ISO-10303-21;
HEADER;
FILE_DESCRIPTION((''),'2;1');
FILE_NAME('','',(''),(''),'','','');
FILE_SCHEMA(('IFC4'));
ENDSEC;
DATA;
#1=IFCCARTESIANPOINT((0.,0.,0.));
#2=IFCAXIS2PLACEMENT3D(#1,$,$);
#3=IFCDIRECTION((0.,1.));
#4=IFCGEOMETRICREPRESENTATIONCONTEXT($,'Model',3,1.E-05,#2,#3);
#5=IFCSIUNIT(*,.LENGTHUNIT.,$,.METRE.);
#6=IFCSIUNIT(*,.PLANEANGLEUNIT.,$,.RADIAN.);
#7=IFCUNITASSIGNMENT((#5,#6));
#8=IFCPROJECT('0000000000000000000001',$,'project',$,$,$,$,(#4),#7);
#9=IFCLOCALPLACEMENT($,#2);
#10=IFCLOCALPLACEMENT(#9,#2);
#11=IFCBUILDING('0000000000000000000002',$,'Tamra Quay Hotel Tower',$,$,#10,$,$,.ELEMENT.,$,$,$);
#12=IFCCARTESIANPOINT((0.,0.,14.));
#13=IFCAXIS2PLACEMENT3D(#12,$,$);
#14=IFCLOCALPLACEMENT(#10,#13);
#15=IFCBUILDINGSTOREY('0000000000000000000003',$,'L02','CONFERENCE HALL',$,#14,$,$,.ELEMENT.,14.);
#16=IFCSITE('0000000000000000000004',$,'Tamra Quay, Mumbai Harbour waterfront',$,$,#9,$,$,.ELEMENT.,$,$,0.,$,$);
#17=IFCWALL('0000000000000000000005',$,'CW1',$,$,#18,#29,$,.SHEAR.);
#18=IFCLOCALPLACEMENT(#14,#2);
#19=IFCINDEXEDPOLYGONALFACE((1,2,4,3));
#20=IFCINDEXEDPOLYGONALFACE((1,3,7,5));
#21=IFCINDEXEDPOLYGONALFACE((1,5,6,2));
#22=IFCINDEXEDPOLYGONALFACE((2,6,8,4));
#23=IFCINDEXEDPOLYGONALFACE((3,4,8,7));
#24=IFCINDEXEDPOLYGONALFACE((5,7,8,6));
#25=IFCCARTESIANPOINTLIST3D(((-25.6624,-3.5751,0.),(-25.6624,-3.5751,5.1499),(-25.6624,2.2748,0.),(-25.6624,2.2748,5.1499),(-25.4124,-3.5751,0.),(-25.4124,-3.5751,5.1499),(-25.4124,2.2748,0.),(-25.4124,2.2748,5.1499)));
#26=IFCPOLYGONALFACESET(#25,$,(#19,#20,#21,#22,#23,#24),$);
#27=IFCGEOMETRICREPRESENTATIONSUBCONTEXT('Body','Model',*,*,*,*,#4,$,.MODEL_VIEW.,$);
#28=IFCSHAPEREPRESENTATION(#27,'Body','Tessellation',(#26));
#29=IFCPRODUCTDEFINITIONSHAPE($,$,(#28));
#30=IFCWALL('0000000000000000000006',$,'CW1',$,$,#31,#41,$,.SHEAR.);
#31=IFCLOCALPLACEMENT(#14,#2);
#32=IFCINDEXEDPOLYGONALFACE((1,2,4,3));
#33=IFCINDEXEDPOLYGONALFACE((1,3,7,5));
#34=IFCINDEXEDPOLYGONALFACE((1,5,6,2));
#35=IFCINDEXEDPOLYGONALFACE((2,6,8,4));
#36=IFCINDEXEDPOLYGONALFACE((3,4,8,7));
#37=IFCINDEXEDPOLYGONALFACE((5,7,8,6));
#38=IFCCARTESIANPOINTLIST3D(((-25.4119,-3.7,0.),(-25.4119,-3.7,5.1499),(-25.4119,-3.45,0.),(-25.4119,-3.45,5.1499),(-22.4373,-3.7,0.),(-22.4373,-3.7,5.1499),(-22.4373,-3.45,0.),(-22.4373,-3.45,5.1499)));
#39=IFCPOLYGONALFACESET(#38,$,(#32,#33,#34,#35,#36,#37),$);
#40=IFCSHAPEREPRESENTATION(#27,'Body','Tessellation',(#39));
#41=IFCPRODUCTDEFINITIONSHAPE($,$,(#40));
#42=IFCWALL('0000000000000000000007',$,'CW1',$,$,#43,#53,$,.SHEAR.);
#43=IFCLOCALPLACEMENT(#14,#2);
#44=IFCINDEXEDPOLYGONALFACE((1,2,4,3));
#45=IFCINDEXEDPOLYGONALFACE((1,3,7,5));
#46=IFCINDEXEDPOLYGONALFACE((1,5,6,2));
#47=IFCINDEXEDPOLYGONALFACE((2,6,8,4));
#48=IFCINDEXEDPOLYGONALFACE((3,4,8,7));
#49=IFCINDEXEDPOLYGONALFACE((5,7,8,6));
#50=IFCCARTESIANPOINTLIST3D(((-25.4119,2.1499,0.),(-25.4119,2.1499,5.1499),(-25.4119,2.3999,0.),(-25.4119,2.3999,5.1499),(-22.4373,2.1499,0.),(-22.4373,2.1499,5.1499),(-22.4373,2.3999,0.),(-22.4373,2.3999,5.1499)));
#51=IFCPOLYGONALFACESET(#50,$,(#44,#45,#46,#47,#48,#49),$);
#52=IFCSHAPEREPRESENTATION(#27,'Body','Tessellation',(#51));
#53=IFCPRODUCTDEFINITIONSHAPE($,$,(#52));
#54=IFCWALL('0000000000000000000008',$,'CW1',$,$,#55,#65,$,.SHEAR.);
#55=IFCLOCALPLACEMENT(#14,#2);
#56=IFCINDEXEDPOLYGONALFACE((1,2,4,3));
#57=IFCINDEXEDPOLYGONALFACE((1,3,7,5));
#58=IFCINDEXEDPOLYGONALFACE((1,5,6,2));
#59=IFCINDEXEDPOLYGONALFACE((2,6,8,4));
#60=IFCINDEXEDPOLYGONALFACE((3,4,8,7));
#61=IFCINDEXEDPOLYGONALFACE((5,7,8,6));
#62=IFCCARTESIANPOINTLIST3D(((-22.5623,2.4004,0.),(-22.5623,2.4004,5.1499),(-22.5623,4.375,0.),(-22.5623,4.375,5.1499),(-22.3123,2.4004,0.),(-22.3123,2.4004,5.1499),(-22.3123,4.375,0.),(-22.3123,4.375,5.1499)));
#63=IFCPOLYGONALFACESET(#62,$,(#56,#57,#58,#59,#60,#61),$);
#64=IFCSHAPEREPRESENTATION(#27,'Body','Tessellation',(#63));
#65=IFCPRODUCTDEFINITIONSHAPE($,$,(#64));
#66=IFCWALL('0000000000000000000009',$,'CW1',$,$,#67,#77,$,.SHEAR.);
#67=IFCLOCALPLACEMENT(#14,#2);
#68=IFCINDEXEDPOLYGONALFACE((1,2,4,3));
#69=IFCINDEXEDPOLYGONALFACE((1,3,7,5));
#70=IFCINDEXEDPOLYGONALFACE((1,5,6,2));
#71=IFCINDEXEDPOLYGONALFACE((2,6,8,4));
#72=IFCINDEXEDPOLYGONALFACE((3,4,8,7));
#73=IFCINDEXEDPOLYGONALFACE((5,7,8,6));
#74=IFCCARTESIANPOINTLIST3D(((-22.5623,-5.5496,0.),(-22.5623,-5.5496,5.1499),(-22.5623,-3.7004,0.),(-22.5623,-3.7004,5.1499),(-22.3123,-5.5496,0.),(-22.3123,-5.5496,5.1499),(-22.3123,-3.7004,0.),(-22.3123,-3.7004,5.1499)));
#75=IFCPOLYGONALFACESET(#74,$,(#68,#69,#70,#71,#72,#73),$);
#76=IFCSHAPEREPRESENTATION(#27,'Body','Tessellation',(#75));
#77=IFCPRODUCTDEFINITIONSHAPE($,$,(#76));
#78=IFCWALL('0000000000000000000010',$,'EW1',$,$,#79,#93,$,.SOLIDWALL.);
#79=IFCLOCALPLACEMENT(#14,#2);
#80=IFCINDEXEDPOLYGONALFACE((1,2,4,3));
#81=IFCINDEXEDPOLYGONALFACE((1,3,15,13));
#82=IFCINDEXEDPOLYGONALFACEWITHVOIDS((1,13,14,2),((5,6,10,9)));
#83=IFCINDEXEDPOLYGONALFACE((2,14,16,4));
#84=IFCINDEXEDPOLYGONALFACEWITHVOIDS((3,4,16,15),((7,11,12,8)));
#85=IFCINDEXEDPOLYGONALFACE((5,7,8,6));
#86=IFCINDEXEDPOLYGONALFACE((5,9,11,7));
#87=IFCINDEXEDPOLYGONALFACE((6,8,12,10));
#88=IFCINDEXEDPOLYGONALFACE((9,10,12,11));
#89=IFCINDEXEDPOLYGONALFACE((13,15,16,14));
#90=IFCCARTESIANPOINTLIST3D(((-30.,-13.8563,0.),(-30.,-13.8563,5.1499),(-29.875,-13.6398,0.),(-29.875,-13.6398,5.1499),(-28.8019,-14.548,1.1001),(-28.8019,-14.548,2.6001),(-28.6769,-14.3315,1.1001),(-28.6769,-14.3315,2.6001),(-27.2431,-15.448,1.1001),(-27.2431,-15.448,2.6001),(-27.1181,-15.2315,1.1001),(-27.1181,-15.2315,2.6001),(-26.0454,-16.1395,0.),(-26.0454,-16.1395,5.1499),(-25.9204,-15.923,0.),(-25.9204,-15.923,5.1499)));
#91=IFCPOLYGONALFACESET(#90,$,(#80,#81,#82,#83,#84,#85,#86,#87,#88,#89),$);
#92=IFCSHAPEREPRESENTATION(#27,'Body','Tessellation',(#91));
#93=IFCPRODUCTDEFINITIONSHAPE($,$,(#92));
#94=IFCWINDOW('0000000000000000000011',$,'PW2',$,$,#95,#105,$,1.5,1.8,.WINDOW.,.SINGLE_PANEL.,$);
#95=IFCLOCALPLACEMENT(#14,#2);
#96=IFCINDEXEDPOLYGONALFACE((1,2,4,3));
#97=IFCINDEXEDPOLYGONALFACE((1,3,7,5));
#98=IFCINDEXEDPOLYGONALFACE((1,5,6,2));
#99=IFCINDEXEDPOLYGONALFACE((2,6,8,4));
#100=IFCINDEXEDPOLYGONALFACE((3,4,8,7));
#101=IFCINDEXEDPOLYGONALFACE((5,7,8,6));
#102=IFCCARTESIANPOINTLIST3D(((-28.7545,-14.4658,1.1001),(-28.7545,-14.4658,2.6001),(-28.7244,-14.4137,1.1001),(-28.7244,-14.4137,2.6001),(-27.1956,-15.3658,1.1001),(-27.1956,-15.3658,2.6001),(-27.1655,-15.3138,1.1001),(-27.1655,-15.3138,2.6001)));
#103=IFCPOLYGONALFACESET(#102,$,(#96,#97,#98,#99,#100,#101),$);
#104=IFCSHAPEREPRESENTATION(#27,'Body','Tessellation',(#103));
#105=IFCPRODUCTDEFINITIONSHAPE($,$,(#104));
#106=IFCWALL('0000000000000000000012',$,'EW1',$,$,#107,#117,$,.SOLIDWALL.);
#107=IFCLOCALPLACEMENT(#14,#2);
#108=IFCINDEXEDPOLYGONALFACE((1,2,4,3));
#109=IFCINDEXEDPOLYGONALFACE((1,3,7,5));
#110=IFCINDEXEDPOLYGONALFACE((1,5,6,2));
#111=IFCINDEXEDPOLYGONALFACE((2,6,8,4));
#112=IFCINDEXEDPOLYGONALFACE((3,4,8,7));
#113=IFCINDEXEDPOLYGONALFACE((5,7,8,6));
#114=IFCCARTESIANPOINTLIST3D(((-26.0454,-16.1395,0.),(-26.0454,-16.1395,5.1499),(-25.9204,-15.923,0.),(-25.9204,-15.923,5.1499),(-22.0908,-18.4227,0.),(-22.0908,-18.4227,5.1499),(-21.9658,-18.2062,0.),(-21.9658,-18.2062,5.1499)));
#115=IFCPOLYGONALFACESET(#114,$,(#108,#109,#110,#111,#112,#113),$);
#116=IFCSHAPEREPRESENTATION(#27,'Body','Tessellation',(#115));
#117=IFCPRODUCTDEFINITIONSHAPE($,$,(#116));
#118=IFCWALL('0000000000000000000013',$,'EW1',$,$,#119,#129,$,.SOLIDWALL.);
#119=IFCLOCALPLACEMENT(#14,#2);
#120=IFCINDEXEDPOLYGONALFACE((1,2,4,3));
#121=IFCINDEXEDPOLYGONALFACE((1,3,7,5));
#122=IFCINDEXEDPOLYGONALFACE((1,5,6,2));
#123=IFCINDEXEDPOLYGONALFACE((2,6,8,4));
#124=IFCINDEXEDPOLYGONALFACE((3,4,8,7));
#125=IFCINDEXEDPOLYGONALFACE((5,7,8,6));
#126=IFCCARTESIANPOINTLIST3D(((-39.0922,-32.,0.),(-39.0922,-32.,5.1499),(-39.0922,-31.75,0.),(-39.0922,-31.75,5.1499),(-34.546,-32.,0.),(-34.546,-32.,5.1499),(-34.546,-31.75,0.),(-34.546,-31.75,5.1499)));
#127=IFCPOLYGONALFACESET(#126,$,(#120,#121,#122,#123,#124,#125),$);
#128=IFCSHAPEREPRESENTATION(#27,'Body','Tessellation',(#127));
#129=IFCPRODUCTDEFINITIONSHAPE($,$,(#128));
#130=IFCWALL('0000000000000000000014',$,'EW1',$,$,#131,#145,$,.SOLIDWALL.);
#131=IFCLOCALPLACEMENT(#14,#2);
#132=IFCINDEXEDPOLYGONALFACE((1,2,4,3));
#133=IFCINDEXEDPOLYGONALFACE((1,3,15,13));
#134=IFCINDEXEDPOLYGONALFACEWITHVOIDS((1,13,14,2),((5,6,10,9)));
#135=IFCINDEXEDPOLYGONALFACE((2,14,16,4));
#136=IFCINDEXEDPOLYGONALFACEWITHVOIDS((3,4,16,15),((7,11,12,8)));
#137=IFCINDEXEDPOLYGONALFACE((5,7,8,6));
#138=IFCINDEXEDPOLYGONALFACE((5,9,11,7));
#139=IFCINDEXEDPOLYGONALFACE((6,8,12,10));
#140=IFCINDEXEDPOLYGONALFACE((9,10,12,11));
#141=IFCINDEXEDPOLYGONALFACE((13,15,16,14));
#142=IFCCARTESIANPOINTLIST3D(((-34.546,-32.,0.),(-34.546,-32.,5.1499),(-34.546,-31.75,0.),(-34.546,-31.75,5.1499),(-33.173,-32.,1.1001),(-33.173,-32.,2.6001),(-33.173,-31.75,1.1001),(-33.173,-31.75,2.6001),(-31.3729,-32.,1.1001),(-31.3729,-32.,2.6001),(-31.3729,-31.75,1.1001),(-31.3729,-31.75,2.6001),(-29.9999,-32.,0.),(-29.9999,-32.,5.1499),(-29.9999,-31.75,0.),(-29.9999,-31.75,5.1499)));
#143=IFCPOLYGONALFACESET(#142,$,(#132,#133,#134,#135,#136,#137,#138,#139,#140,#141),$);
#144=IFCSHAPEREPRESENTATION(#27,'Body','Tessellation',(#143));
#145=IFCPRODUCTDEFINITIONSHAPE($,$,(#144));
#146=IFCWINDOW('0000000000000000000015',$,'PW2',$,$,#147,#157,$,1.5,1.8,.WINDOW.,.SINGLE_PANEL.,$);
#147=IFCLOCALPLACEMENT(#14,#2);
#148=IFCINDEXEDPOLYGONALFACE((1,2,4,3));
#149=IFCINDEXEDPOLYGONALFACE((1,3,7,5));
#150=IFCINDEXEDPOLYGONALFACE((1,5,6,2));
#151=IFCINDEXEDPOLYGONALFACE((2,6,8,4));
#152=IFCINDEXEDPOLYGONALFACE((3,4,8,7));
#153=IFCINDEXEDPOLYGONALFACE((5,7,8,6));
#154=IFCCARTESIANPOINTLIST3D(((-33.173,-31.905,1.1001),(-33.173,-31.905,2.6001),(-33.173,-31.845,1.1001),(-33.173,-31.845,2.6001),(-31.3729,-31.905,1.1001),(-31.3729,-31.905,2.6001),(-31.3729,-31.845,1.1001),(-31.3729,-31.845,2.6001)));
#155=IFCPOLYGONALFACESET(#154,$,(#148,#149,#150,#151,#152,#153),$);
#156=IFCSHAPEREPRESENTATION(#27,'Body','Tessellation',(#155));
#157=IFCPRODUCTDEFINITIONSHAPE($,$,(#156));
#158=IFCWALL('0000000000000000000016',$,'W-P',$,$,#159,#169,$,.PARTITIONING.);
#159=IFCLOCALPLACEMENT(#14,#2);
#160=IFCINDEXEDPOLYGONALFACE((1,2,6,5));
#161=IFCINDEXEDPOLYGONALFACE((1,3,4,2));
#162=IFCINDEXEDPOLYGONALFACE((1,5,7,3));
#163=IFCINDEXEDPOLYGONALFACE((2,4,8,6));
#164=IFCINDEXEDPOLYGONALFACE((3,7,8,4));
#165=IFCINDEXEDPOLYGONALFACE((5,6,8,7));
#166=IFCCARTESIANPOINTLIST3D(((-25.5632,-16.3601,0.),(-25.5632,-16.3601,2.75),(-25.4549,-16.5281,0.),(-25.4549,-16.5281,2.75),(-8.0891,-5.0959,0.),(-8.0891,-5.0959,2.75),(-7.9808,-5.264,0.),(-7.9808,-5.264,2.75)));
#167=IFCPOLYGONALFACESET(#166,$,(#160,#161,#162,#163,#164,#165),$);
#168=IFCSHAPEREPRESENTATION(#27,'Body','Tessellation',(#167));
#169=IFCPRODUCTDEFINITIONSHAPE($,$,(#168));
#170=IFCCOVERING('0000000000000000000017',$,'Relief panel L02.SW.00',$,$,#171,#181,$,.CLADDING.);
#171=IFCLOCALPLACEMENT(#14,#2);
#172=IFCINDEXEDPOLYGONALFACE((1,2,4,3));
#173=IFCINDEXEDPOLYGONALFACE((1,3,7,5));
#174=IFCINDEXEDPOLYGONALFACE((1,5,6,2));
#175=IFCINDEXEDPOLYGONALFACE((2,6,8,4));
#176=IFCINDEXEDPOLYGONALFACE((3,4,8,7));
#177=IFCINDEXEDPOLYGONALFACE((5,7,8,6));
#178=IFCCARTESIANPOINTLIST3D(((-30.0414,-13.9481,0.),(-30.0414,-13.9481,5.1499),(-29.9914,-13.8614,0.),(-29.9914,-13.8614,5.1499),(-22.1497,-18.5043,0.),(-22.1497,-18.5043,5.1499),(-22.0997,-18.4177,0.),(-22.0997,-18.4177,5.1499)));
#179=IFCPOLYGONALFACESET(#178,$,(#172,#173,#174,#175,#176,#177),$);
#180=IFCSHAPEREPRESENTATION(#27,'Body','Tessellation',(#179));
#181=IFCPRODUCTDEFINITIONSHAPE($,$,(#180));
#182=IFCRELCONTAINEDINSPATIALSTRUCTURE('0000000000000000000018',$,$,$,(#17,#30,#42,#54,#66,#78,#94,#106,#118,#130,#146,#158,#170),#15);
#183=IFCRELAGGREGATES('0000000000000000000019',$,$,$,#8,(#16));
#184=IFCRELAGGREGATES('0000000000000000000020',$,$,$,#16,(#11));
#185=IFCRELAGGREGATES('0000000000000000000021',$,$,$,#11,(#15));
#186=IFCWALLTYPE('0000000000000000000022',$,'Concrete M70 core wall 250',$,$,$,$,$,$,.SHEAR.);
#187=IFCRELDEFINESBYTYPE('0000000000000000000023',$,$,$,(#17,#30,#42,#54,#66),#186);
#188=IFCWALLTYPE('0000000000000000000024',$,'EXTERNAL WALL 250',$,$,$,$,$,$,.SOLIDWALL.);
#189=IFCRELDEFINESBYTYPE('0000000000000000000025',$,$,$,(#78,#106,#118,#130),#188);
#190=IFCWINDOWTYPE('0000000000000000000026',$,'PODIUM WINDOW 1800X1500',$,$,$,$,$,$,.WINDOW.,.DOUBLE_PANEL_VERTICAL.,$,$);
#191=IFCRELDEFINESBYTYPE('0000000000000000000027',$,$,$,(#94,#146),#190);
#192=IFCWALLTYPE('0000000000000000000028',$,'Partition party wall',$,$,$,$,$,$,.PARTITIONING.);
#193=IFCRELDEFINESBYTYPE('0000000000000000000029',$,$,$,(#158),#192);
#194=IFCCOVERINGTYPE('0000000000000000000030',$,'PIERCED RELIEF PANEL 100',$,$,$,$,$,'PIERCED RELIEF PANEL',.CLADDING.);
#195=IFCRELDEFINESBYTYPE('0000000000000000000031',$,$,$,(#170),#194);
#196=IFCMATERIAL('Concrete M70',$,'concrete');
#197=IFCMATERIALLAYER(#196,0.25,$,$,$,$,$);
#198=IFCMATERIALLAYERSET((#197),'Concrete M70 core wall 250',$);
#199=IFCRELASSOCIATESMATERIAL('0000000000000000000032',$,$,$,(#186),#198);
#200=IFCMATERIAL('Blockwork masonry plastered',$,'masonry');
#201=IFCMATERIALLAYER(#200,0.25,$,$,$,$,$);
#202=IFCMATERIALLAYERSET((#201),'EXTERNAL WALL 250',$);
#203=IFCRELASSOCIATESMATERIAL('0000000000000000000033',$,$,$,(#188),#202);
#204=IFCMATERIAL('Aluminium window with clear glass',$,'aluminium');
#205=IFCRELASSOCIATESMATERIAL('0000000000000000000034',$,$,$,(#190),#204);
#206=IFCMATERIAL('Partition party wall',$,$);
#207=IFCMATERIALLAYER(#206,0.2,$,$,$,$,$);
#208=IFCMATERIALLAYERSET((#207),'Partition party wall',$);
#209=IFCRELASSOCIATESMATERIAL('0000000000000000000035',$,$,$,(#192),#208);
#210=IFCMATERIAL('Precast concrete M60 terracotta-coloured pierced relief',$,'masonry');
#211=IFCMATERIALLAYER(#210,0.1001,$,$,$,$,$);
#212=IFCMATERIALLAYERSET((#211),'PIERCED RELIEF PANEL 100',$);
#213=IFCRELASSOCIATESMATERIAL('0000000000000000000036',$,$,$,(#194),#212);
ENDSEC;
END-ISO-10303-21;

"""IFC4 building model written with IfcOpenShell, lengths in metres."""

from ifc_helpers import new_model, si_unit, direction, frame, frame_2d, origin, origin_2d, place, context, subcontext, project, spatial, rectangle, extrude, material, layer, layer_set, type_object, element, fill, save


model = new_model("IFC4")

# Units and contexts
model_context = context("Model", 3, precision=1e-05, world=origin(), true_north=direction((0.0, 1.0)))
body_context = subcontext(model_context, "Body", "Model", "MODEL_VIEW")
ifc_project = project(units=[si_unit("LENGTHUNIT", "METRE"), si_unit("PLANEANGLEUNIT", "RADIAN")], contexts=[model_context])

# Site, building, storey
site_placement = place(None, origin())
site = spatial("IfcSite", under=ifc_project, at=site_placement, Name="Tamra Quay, Mumbai Harbour waterfront", CompositionType="ELEMENT", RefElevation=0.0)
building_placement = place(site_placement, origin())
building = spatial("IfcBuilding", under=site, at=building_placement, Name="Tamra Quay Hotel Tower", CompositionType="ELEMENT")
storey_placement = place(building_placement, frame((0.0, 0.0, 14.0)))
storey = spatial("IfcBuildingStorey", under=building, at=storey_placement, Name="L02", Description="CONFERENCE HALL", CompositionType="ELEMENT", Elevation=14.0)

# Shared definitions
ifc_material_1 = material(Name="Concrete M70", Category="concrete")

# Walls
ifc_layer_1 = layer(ifc_material_1, 0.25)
ifc_layer_set_1 = layer_set([ifc_layer_1], Name="Concrete M70 core wall 250")
wall_type_1 = type_object("IfcWallType", Name="Concrete M70 core wall 250", PredefinedType="SHEAR", material=ifc_layer_set_1)
wall_1_placement = place(storey_placement, frame((-25.5374, -3.575, 0.0), z_axis=(0.0, 0.0, 1.0), x_axis=(0.0, 1.0, 0.0)))
element("IfcWall", 1, at=wall_1_placement, inside=storey, type_object=wall_type_1, Name="CW1", PredefinedType="SHEAR", context=body_context, shape_type="SweptSolid", body=[
    extrude(rectangle(XDim=5.8499, YDim=0.25, at=frame_2d((2.9248, 0.0))), origin(), (0.0, 0.0, 1.0), 5.1499),
])
for number, where, z_axis, x_axis, name in (
    (2, (-22.4373, -3.575, 0.0), (0.0, 0.0, 1.0), (-1.0, 0.0, 0.0), "CW1"),
    (3, (-25.4119, 2.2749, 0.0), (0.0, 0.0, 1.0), (1.0, 0.0, 0.0), "CW1"),
):
    element("IfcWall", number, at=place(storey_placement, frame(where, z_axis=z_axis, x_axis=x_axis)), inside=storey, type_object=wall_type_1, Name=name, PredefinedType="SHEAR", context=body_context, shape_type="SweptSolid", body=[
        extrude(rectangle(XDim=2.9746, YDim=0.25, at=frame_2d((1.4873, 0.0))), origin(), (0.0, 0.0, 1.0), 5.1499),
    ])
wall_2_placement = place(storey_placement, frame((-22.4373, 2.4004, 0.0), z_axis=(0.0, 0.0, 1.0), x_axis=(0.0, 1.0, 0.0)))
element("IfcWall", 4, at=wall_2_placement, inside=storey, type_object=wall_type_1, Name="CW1", PredefinedType="SHEAR", context=body_context, shape_type="SweptSolid", body=[
    extrude(rectangle(XDim=1.9746, YDim=0.25, at=frame_2d((0.9873, 0.0))), origin(), (0.0, 0.0, 1.0), 5.1499),
])
wall_3_placement = place(storey_placement, frame((-22.4373, -5.5496, 0.0), z_axis=(0.0, 0.0, 1.0), x_axis=(0.0, 1.0, 0.0)))
element("IfcWall", 5, at=wall_3_placement, inside=storey, type_object=wall_type_1, Name="CW1", PredefinedType="SHEAR", context=body_context, shape_type="SweptSolid", body=[
    extrude(rectangle(XDim=1.8491, YDim=0.25, at=frame_2d((0.9246, 0.0))), origin(), (0.0, 0.0, 1.0), 5.1499),
])

# Wall, opening, window
ifc_material_2 = material(Name="Blockwork masonry plastered", Category="masonry")
ifc_layer_2 = layer(ifc_material_2, 0.25)
ifc_layer_set_2 = layer_set([ifc_layer_2], Name="EXTERNAL WALL 250")
wall_type_2 = type_object("IfcWallType", Name="EXTERNAL WALL 250", PredefinedType="SOLIDWALL", material=ifc_layer_set_2)
wall_4_placement = place(storey_placement, frame((-25.9829, -16.0312, 0.0), z_axis=(0.0, 0.0, 1.0), x_axis=(-0.866024, 0.500003, 0.0)))
wall_4 = element("IfcWall", 6, at=wall_4_placement, inside=storey, type_object=wall_type_2, Name="EW1", PredefinedType="SOLIDWALL", context=body_context, shape_type="SweptSolid", body=[
    extrude(rectangle(XDim=4.5664, YDim=0.25, at=frame_2d((2.2832, 0.0))), origin(), (0.0, 0.0, 1.0), 5.1499),
])
opening_1_placement = place(wall_4_placement, frame((1.3831, 0.0, 1.1001)))
opening_1 = element("IfcOpeningElement", 7, at=opening_1_placement, cuts=wall_4, PredefinedType="OPENING", context=body_context, shape_type="SweptSolid", body=[
    extrude(rectangle(XDim=1.8, YDim=1.5, at=frame_2d((0.8999, 0.75))), frame((0.0, 0.135, 0.0), z_axis=(0.0, -1.0, 0.0), x_axis=(1.0, 0.0, 0.0)), (0.0, 0.0, 1.0), 0.27),
])
ifc_material_3 = material(Name="Aluminium window with clear glass", Category="aluminium")
window_type = type_object("IfcWindowType", Name="PODIUM WINDOW 1800X1500", PartitioningType="DOUBLE_PANEL_VERTICAL", PredefinedType="WINDOW", material=ifc_material_3)
window_1_placement = place(opening_1_placement, origin())
window_1 = element("IfcWindow", 8, at=window_1_placement, inside=storey, type_object=window_type, Name="PW2", OverallHeight=1.5, OverallWidth=1.8, PartitioningType="SINGLE_PANEL", PredefinedType="WINDOW", context=body_context, shape_type="SweptSolid", body=[
    extrude(rectangle(XDim=1.8, YDim=1.5, at=frame_2d((0.8999, 0.75))), frame((0.0, 0.03, 0.0), z_axis=(0.0, -1.0, 0.0), x_axis=(1.0, 0.0, 0.0)), (0.0, 0.0, 1.0), 0.0601),
])
fill(opening_1, window_1)

# Walls
wall_5_placement = place(storey_placement, frame((-22.0283, -18.3145, 0.0), z_axis=(0.0, 0.0, 1.0), x_axis=(-0.866024, 0.500003, 0.0)))
element("IfcWall", 9, at=wall_5_placement, inside=storey, type_object=wall_type_2, Name="EW1", PredefinedType="SOLIDWALL", context=body_context, shape_type="SweptSolid", body=[
    extrude(rectangle(XDim=4.5664, YDim=0.25, at=frame_2d((2.2832, 0.0))), origin(), (0.0, 0.0, 1.0), 5.1499),
])
wall_6_placement = place(storey_placement, frame((-34.5461, -31.875, 0.0), z_axis=(0.0, 0.0, 1.0), x_axis=(-1.0, 0.0, 0.0)))
element("IfcWall", 10, at=wall_6_placement, inside=storey, type_object=wall_type_2, Name="EW1", PredefinedType="SOLIDWALL", context=body_context, shape_type="SweptSolid", body=[
    extrude(rectangle(XDim=4.5461, YDim=0.25, at=frame_2d((2.2729, 0.0))), origin(), (0.0, 0.0, 1.0), 5.1499),
])

# Wall, opening, window
wall_7_placement = place(storey_placement, frame((-30.0, -31.875, 0.0), z_axis=(0.0, 0.0, 1.0), x_axis=(-1.0, 0.0, 0.0)))
wall_7 = element("IfcWall", 11, at=wall_7_placement, inside=storey, type_object=wall_type_2, Name="EW1", PredefinedType="SOLIDWALL", context=body_context, shape_type="SweptSolid", body=[
    extrude(rectangle(XDim=4.5461, YDim=0.25, at=frame_2d((2.2729, 0.0))), origin(), (0.0, 0.0, 1.0), 5.1499),
])
opening_2_placement = place(wall_7_placement, frame((1.373, 0.0, 1.1001)))
opening_2 = element("IfcOpeningElement", 12, at=opening_2_placement, cuts=wall_7, PredefinedType="OPENING", context=body_context, shape_type="SweptSolid", body=[
    extrude(rectangle(XDim=1.8, YDim=1.5, at=frame_2d((0.8999, 0.75))), frame((0.0, 0.135, 0.0), z_axis=(0.0, -1.0, 0.0), x_axis=(1.0, 0.0, 0.0)), (0.0, 0.0, 1.0), 0.27),
])
window_2_placement = place(opening_2_placement, origin())
window_2 = element("IfcWindow", 13, at=window_2_placement, inside=storey, type_object=window_type, Name="PW2", OverallHeight=1.5, OverallWidth=1.8, PartitioningType="SINGLE_PANEL", PredefinedType="WINDOW", context=body_context, shape_type="SweptSolid", body=[
    extrude(rectangle(XDim=1.8, YDim=1.5, at=frame_2d((0.8999, 0.75))), frame((0.0, 0.03, 0.0), z_axis=(0.0, -1.0, 0.0), x_axis=(1.0, 0.0, 0.0)), (0.0, 0.0, 1.0), 0.0601),
])
fill(opening_2, window_2)

# Wall
ifc_material_4 = material(Name="Partition party wall")
ifc_layer_3 = layer(ifc_material_4, 0.2)
ifc_layer_set_3 = layer_set([ifc_layer_3], Name="Partition party wall")
wall_type_3 = type_object("IfcWallType", Name="Partition party wall", PredefinedType="PARTITIONING", material=ifc_layer_set_3)
wall_8_placement = place(storey_placement, frame((-25.509, -16.4441, 0.0), z_axis=(0.0, 0.0, 1.0), x_axis=(0.840504, 0.541805, 0.0)))
element("IfcWall", 14, at=wall_8_placement, inside=storey, type_object=wall_type_3, Name="W-P", PredefinedType="PARTITIONING", context=body_context, shape_type="SweptSolid", body=[
    extrude(rectangle(XDim=20.79, YDim=0.2, at=frame_2d((10.395, 0.0))), origin(), (0.0, 0.0, 1.0), 2.75),
])

# Covering
ifc_material_5 = material(Name="Precast concrete M60 terracotta-coloured pierced relief", Category="masonry")
ifc_layer_4 = layer(ifc_material_5, 0.1001)
ifc_layer_set_4 = layer_set([ifc_layer_4], Name="PIERCED RELIEF PANEL 100")
covering_type_1 = type_object("IfcCoveringType", Name="PIERCED RELIEF PANEL 100", ElementType="PIERCED RELIEF PANEL", PredefinedType="CLADDING", material=ifc_layer_set_4)
covering_1_placement = place(storey_placement, frame((-26.0706, -16.1829, 0.0), z_axis=(0.0, 0.0, 1.0), x_axis=(0.866025, -0.5, 0.0)))
element("IfcCovering", 15, at=covering_1_placement, inside=storey, type_object=covering_type_1, Name="Relief panel L02.SW.00", PredefinedType="CLADDING", context=body_context, shape_type="SweptSolid", body=[
    extrude(rectangle(XDim=9.1125, YDim=0.1001, at=origin_2d()), origin(), (0.0, 0.0, 1.0), 5.1499),
])

save(model, "model.ifc")
